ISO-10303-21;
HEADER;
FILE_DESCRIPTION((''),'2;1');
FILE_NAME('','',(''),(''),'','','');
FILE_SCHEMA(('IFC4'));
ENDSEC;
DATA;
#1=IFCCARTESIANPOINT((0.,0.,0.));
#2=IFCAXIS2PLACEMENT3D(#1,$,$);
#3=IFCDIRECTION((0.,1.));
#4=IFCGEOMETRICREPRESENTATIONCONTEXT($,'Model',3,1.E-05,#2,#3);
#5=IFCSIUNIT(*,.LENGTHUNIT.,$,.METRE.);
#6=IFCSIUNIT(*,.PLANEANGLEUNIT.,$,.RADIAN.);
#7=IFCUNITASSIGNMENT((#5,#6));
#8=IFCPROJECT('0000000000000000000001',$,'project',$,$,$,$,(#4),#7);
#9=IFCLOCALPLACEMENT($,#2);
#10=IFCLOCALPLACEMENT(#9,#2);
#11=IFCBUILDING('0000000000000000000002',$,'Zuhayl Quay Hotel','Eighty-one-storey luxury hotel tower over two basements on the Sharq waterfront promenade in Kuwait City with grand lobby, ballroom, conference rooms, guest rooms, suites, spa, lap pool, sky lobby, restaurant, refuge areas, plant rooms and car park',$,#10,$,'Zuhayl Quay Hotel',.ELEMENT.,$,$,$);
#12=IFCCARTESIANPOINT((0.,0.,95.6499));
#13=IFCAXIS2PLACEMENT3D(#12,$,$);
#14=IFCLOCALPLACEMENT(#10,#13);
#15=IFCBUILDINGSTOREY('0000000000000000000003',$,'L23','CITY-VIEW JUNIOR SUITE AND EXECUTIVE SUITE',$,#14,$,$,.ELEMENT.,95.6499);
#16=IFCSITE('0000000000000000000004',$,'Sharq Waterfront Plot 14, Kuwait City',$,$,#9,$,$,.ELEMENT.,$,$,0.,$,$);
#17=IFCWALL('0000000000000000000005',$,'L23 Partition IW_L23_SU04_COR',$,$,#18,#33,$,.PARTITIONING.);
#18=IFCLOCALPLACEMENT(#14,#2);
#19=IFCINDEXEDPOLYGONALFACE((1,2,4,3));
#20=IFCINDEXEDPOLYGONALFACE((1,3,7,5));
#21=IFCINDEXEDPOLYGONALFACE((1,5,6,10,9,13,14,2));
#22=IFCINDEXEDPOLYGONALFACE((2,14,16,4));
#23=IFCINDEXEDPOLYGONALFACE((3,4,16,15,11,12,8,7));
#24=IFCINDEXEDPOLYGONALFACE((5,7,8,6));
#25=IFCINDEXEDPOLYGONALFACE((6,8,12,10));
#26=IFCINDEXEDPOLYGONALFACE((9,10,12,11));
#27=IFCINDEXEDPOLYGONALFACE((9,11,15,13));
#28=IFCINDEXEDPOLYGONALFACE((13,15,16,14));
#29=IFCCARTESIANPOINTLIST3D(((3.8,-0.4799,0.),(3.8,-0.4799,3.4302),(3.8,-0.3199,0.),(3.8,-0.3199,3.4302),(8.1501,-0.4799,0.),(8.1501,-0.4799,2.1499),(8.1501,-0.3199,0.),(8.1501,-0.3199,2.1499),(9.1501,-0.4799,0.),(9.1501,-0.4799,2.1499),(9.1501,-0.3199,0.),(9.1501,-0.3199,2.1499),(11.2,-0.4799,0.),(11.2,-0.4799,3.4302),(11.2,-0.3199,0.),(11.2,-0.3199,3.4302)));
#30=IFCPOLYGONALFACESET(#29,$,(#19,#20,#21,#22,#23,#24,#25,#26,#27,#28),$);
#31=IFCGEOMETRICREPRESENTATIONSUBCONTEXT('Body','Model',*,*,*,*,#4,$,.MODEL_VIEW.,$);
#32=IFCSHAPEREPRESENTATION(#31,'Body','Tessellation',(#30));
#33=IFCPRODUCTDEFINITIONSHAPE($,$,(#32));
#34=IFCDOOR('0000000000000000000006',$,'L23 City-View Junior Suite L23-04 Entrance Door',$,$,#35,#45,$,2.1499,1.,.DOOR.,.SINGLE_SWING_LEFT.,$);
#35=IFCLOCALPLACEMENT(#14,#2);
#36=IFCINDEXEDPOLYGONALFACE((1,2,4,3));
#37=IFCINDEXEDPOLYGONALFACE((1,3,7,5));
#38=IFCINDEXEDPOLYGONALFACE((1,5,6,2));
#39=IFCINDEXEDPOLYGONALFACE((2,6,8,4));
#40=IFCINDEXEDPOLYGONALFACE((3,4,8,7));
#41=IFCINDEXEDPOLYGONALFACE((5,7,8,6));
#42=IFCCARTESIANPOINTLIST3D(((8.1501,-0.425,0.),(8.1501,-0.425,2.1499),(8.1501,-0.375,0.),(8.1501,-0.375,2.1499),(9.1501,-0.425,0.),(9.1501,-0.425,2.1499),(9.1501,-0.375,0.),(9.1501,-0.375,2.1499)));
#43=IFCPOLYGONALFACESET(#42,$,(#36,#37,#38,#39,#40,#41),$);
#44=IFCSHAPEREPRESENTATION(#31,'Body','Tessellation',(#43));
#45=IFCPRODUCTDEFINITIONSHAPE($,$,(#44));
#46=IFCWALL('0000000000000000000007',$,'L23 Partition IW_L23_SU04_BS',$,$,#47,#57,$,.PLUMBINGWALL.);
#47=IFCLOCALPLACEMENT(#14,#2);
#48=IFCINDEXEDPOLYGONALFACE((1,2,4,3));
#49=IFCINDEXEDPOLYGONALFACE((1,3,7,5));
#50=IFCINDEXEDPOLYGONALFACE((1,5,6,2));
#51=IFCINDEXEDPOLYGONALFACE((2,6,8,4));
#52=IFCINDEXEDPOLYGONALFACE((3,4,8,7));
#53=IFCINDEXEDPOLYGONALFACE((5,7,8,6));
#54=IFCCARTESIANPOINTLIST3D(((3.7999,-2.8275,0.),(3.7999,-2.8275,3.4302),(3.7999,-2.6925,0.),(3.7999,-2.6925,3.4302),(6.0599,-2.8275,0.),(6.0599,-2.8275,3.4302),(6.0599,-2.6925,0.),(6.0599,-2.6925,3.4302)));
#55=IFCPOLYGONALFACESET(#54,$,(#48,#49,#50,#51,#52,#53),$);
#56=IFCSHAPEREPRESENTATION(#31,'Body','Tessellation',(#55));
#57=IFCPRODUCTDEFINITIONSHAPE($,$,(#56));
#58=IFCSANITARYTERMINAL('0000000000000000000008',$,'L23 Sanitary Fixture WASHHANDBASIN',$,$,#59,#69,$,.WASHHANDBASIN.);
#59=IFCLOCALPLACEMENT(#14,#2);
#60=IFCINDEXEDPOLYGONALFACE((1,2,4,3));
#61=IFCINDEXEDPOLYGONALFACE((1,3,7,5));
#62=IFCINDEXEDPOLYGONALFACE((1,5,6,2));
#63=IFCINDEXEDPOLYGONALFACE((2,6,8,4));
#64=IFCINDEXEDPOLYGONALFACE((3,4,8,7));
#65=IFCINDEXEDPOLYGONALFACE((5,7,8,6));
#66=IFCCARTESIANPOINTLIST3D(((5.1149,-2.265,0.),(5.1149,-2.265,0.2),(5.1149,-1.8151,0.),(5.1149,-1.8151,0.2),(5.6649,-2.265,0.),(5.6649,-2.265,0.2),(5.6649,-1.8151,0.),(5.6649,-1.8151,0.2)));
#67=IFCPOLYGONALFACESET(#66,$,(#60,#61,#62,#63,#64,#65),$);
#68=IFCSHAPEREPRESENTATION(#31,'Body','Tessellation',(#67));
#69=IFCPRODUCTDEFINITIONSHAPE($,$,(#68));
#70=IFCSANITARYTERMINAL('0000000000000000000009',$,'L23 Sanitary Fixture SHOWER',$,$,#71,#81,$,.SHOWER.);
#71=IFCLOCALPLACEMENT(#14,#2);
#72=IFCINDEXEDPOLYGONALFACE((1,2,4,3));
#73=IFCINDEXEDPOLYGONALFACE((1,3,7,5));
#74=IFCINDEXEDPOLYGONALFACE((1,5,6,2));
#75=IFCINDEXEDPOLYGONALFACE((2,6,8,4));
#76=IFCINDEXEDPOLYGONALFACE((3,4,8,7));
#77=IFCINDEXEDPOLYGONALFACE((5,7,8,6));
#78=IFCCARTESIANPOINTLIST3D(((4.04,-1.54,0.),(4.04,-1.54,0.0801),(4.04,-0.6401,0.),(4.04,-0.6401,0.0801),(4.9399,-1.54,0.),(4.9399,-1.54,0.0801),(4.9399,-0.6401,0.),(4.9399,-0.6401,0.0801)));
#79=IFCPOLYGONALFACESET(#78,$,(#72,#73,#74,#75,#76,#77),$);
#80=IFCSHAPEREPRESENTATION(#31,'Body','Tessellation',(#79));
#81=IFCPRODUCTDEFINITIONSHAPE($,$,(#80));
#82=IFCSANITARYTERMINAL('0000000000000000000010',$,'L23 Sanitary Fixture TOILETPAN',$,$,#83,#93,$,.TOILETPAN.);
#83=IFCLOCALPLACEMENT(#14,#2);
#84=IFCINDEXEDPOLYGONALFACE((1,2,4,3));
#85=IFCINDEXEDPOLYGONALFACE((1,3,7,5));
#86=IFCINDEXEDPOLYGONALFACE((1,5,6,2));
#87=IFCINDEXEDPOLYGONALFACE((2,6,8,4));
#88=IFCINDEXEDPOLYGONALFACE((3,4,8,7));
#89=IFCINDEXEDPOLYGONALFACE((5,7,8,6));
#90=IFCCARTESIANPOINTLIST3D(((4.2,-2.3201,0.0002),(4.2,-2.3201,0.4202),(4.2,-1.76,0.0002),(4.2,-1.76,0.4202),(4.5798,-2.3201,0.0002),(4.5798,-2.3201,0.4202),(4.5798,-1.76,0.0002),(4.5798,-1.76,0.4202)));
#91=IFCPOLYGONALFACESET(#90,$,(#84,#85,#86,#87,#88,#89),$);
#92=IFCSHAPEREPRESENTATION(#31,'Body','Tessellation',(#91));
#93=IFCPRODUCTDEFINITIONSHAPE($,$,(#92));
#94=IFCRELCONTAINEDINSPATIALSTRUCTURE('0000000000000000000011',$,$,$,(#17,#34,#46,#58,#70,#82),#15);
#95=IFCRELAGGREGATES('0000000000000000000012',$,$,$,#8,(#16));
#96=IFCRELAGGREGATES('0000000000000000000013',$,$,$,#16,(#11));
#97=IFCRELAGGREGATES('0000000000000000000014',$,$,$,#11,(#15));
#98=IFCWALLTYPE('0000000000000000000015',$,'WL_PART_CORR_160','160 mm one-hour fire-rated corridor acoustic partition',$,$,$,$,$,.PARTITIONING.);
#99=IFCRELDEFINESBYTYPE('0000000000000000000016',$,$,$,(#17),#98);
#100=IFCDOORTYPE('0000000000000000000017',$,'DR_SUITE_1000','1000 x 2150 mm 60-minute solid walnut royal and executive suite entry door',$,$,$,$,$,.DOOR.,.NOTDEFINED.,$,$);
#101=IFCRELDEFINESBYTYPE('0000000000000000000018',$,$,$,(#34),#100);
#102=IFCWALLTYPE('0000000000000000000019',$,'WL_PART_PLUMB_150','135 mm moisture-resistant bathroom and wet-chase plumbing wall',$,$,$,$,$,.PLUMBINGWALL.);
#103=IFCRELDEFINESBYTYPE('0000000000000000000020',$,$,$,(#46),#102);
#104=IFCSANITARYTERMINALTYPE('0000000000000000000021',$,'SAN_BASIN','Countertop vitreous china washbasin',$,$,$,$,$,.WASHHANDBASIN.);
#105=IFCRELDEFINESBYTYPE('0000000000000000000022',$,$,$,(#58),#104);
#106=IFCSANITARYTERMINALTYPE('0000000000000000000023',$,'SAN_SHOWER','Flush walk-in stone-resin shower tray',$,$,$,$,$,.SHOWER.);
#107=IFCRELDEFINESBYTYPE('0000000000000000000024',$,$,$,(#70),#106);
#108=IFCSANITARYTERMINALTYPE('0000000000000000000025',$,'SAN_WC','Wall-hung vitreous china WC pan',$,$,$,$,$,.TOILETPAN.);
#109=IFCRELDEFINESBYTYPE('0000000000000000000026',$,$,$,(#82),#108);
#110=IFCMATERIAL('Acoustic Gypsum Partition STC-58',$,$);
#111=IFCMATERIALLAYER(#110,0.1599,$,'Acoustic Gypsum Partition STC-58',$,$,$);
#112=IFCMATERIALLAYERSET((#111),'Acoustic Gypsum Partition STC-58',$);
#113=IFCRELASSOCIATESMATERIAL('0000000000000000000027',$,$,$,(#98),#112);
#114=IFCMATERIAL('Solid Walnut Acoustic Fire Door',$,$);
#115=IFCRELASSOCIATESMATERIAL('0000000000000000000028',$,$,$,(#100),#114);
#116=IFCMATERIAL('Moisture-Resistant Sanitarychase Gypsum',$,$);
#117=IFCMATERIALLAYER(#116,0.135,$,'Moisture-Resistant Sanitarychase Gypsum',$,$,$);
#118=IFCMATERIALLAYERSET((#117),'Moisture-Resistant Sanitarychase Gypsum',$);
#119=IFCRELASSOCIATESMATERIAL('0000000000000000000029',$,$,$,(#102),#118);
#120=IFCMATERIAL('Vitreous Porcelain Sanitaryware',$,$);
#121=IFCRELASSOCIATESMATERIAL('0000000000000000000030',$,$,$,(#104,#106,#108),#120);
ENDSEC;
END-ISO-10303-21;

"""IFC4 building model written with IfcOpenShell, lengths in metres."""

from ifc_helpers import new_model, si_unit, direction, frame, frame_2d, origin, origin_2d, place, context, subcontext, project, spatial, rectangle, extrude, material, layer, layer_set, type_object, element, fill, save


model = new_model("IFC4")

# Units and contexts
model_context = context("Model", 3, precision=1e-05, world=origin(), true_north=direction((0.0, 1.0)))
body_context = subcontext(model_context, "Body", "Model", "MODEL_VIEW")
ifc_project = project(units=[si_unit("LENGTHUNIT", "METRE"), si_unit("PLANEANGLEUNIT", "RADIAN")], contexts=[model_context])

# Site, building, storey
site_placement = place(None, origin())
site = spatial("IfcSite", under=ifc_project, at=site_placement, Name="Sharq Waterfront Plot 14, Kuwait City", CompositionType="ELEMENT", RefElevation=0.0)
building_placement = place(site_placement, origin())
building = spatial("IfcBuilding", under=site, at=building_placement, Name="Zuhayl Quay Hotel", Description="Eighty-one-storey luxury hotel tower over two basements on the Sharq waterfront promenade in Kuwait City with grand lobby, ballroom, conference rooms, guest rooms, suites, spa, lap pool, sky lobby, restaurant, refuge areas, plant rooms and car park", LongName="Zuhayl Quay Hotel", CompositionType="ELEMENT")
storey_placement = place(building_placement, frame((0.0, 0.0, 95.6499)))
storey = spatial("IfcBuildingStorey", under=building, at=storey_placement, Name="L23", Description="CITY-VIEW JUNIOR SUITE AND EXECUTIVE SUITE", CompositionType="ELEMENT", Elevation=95.6499)

# Shared definitions
ifc_material_1 = material(Name="Acoustic Gypsum Partition STC-58")

# Wall, opening, door
ifc_layer_1 = layer(ifc_material_1, 0.1599, Name="Acoustic Gypsum Partition STC-58")
ifc_layer_set_1 = layer_set([ifc_layer_1], Name="Acoustic Gypsum Partition STC-58")
wall_type_1 = type_object("IfcWallType", Name="WL_PART_CORR_160", Description="160 mm one-hour fire-rated corridor acoustic partition", PredefinedType="PARTITIONING", material=ifc_layer_set_1)
wall_1_placement = place(storey_placement, frame((3.8, -0.3999, 0.0), z_axis=(0.0, 0.0, 1.0), x_axis=(1.0, 0.0, 0.0)))
wall_1 = element("IfcWall", 1, at=wall_1_placement, inside=storey, type_object=wall_type_1, Name="L23 Partition IW_L23_SU04_COR", PredefinedType="PARTITIONING", context=body_context, shape_type="SweptSolid", body=[
    extrude(rectangle(XDim=7.3999, YDim=0.1599, at=frame_2d((3.7, 0.0))), origin(), (0.0, 0.0, 1.0), 3.4302),
])
opening_1_placement = place(wall_1_placement, frame((4.3501, 0.0, 0.0)))
opening_1 = element("IfcOpeningElement", 2, at=opening_1_placement, cuts=wall_1, PredefinedType="OPENING", context=body_context, shape_type="SweptSolid", body=[
    extrude(rectangle(XDim=1.0, YDim=2.1499, at=frame_2d((0.5, 1.075))), frame((0.0, 0.0898, 0.0), z_axis=(0.0, -1.0, 0.0), x_axis=(1.0, 0.0, 0.0)), (0.0, 0.0, 1.0), 0.1799),
])
ifc_material_2 = material(Name="Solid Walnut Acoustic Fire Door")
door_type_1 = type_object("IfcDoorType", Name="DR_SUITE_1000", Description="1000 x 2150 mm 60-minute solid walnut royal and executive suite entry door", OperationType="NOTDEFINED", PredefinedType="DOOR", material=ifc_material_2)
door_1_placement = place(opening_1_placement, origin())
door_1 = element("IfcDoor", 3, at=door_1_placement, inside=storey, type_object=door_type_1, Name="L23 City-View Junior Suite L23-04 Entrance Door", OperationType="SINGLE_SWING_LEFT", OverallHeight=2.1499, OverallWidth=1.0, PredefinedType="DOOR", context=body_context, shape_type="SweptSolid", body=[
    extrude(rectangle(XDim=1.0, YDim=2.1499, at=frame_2d((0.5, 1.075))), frame((0.0, 0.0249, 0.0), z_axis=(0.0, -1.0, 0.0), x_axis=(1.0, 0.0, 0.0)), (0.0, 0.0, 1.0), 0.05),
])
fill(opening_1, door_1)

# Wall
ifc_material_3 = material(Name="Moisture-Resistant Sanitarychase Gypsum")
ifc_layer_2 = layer(ifc_material_3, 0.135, Name="Moisture-Resistant Sanitarychase Gypsum")
ifc_layer_set_2 = layer_set([ifc_layer_2], Name="Moisture-Resistant Sanitarychase Gypsum")
wall_type_2 = type_object("IfcWallType", Name="WL_PART_PLUMB_150", Description="135 mm moisture-resistant bathroom and wet-chase plumbing wall", PredefinedType="PLUMBINGWALL", material=ifc_layer_set_2)
wall_2_placement = place(storey_placement, frame((3.8, -2.76, 0.0), z_axis=(0.0, 0.0, 1.0), x_axis=(1.0, 0.0, 0.0)))
element("IfcWall", 4, at=wall_2_placement, inside=storey, type_object=wall_type_2, Name="L23 Partition IW_L23_SU04_BS", PredefinedType="PLUMBINGWALL", context=body_context, shape_type="SweptSolid", body=[
    extrude(rectangle(XDim=2.26, YDim=0.135, at=frame_2d((1.1299, 0.0))), origin(), (0.0, 0.0, 1.0), 3.4302),
])

# Sanitary terminals
ifc_material_4 = material(Name="Vitreous Porcelain Sanitaryware")
sanitary_terminal_type_1 = type_object("IfcSanitaryTerminalType", Name="SAN_BASIN", Description="Countertop vitreous china washbasin", PredefinedType="WASHHANDBASIN", material=ifc_material_4)
sanitary_terminal_1_placement = place(storey_placement, frame((5.3899, -2.04, 0.0), z_axis=(0.0, 0.0, 1.0), x_axis=(1.0, 0.0, 0.0)))
element("IfcSanitaryTerminal", 5, at=sanitary_terminal_1_placement, inside=storey, type_object=sanitary_terminal_type_1, Name="L23 Sanitary Fixture WASHHANDBASIN", PredefinedType="WASHHANDBASIN", context=body_context, shape_type="SweptSolid", body=[
    extrude(rectangle(XDim=0.55, YDim=0.45, at=origin_2d()), origin(), (0.0, 0.0, 1.0), 0.2),
])
sanitary_terminal_type_2 = type_object("IfcSanitaryTerminalType", Name="SAN_SHOWER", Description="Flush walk-in stone-resin shower tray", PredefinedType="SHOWER", material=ifc_material_4)
sanitary_terminal_2_placement = place(storey_placement, frame((4.49, -1.0901, 0.0), z_axis=(0.0, 0.0, 1.0), x_axis=(1.0, 0.0, 0.0)))
element("IfcSanitaryTerminal", 6, at=sanitary_terminal_2_placement, inside=storey, type_object=sanitary_terminal_type_2, Name="L23 Sanitary Fixture SHOWER", PredefinedType="SHOWER", context=body_context, shape_type="SweptSolid", body=[
    extrude(rectangle(XDim=0.8999, YDim=0.8999, at=origin_2d()), origin(), (0.0, 0.0, 1.0), 0.0801),
])
sanitary_terminal_type_3 = type_object("IfcSanitaryTerminalType", Name="SAN_WC", Description="Wall-hung vitreous china WC pan", PredefinedType="TOILETPAN", material=ifc_material_4)
sanitary_terminal_3_placement = place(storey_placement, frame((4.3899, -2.04, 0.0002), z_axis=(0.0, 0.0, 1.0), x_axis=(1.0, 0.0, 0.0)))
element("IfcSanitaryTerminal", 7, at=sanitary_terminal_3_placement, inside=storey, type_object=sanitary_terminal_type_3, Name="L23 Sanitary Fixture TOILETPAN", PredefinedType="TOILETPAN", context=body_context, shape_type="SweptSolid", body=[
    extrude(rectangle(XDim=0.3799, YDim=0.5601, at=origin_2d()), origin(), (0.0, 0.0, 1.0), 0.4199),
])

save(model, "model.ifc")
